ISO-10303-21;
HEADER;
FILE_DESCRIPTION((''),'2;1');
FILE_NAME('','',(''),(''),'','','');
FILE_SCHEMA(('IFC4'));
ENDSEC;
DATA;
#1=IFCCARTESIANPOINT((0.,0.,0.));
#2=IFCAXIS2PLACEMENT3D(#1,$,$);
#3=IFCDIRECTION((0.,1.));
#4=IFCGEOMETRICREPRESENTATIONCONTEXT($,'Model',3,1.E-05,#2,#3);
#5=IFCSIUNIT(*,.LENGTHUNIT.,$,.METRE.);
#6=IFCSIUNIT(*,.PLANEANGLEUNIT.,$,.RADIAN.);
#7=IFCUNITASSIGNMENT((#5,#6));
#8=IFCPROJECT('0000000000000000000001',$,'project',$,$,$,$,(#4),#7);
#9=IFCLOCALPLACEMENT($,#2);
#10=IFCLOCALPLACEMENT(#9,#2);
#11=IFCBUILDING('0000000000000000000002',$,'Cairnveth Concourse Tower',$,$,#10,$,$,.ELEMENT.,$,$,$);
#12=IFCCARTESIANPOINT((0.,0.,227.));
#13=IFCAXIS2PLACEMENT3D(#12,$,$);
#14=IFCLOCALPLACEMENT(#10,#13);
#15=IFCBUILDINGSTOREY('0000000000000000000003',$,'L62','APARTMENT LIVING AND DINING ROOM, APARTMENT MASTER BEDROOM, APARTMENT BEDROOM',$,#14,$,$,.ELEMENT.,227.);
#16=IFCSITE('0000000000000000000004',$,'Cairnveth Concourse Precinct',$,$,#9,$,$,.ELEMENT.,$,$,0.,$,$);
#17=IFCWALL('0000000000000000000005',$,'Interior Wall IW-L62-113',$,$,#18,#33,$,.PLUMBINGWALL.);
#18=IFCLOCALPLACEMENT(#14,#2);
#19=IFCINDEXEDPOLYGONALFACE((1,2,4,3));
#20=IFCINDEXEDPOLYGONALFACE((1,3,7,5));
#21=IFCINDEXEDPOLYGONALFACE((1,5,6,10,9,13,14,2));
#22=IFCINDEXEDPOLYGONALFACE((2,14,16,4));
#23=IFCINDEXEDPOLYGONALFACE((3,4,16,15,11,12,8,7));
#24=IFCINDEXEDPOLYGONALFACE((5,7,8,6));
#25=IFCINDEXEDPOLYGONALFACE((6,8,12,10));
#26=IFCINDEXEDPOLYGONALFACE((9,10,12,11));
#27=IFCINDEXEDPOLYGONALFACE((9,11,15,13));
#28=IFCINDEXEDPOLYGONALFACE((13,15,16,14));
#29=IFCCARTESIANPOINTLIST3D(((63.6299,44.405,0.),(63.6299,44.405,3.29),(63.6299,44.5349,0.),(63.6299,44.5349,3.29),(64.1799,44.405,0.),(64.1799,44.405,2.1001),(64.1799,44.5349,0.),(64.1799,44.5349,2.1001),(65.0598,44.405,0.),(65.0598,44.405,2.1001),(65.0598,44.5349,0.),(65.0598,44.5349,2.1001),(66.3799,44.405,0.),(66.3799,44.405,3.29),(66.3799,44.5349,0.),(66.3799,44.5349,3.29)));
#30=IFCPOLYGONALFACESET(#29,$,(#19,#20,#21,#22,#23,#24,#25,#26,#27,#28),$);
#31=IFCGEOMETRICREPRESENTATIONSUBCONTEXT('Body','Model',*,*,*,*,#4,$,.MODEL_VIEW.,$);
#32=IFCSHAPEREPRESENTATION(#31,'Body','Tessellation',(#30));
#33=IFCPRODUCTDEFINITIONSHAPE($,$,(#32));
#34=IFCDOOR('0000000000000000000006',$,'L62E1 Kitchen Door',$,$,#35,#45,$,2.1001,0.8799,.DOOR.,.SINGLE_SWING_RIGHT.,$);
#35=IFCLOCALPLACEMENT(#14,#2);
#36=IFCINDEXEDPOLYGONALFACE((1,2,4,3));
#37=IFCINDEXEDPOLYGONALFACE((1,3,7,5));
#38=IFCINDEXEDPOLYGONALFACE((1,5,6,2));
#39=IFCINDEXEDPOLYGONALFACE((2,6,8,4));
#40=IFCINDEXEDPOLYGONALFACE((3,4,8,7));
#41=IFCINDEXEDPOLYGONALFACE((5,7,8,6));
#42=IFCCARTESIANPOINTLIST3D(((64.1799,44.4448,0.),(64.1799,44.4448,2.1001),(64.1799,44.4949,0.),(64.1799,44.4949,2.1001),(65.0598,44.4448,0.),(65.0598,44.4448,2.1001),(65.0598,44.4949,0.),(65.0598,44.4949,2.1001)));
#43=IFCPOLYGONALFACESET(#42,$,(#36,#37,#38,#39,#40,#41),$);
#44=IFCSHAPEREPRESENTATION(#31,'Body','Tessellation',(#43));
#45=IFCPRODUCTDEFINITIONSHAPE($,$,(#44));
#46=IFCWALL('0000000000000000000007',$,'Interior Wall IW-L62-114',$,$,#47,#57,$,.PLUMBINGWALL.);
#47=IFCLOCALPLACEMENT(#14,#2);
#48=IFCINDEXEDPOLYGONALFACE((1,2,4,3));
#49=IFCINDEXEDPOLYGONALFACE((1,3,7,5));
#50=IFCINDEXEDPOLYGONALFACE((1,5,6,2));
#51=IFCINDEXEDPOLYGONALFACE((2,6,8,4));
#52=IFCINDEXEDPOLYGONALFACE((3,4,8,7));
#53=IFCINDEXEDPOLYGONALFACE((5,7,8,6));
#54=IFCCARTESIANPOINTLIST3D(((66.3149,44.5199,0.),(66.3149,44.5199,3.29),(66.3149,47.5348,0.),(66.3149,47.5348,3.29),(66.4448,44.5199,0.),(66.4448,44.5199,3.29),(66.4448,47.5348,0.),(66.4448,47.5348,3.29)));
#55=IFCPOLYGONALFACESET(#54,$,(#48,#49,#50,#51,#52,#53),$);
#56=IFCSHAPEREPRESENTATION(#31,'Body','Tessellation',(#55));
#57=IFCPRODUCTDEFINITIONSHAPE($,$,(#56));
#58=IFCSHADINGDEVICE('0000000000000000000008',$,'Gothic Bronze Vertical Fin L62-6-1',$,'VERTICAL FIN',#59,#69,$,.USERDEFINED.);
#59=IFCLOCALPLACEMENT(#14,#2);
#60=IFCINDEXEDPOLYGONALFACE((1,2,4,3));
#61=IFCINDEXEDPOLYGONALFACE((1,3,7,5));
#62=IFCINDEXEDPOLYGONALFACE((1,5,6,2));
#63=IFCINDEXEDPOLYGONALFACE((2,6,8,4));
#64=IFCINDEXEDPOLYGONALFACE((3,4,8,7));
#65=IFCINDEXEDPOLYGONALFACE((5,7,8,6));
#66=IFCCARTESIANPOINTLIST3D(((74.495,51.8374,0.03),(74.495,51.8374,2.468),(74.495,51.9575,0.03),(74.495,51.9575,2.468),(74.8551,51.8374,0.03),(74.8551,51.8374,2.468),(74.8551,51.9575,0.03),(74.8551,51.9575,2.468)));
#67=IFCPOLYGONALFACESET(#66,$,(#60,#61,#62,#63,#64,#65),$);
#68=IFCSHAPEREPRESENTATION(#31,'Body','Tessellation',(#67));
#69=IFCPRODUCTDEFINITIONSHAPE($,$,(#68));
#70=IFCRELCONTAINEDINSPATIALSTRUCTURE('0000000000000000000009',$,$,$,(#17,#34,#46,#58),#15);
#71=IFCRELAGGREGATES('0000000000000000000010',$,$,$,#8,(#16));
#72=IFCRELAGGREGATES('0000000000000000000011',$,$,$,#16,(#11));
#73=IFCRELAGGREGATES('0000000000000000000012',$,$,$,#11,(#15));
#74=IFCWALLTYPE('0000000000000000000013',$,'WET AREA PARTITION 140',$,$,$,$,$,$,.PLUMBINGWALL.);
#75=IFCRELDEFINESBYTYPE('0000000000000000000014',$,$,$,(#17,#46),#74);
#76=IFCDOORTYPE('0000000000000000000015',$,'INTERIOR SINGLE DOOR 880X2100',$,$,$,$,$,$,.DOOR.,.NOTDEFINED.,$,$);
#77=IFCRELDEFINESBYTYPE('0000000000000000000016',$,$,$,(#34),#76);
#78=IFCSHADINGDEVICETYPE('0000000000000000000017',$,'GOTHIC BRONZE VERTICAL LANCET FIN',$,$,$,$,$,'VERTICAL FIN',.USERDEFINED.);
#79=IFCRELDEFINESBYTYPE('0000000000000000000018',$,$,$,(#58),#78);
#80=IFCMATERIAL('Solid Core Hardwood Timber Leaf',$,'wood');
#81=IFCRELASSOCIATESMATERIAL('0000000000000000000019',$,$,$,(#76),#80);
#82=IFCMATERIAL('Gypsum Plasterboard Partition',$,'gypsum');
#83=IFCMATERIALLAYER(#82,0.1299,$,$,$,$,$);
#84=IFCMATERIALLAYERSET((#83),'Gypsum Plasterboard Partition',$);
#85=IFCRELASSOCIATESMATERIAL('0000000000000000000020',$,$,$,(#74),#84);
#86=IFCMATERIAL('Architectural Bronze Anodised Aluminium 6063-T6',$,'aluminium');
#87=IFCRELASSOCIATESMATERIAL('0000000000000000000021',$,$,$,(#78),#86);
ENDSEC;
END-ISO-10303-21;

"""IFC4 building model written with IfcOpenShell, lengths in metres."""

from ifc_helpers import new_model, si_unit, direction, frame, frame_2d, origin, origin_2d, place, context, subcontext, project, spatial, rectangle, extrude, material, layer, layer_set, type_object, element, fill, save


model = new_model("IFC4")

# Units and contexts
model_context = context("Model", 3, precision=1e-05, world=origin(), true_north=direction((0.0, 1.0)))
body_context = subcontext(model_context, "Body", "Model", "MODEL_VIEW")
ifc_project = project(units=[si_unit("LENGTHUNIT", "METRE"), si_unit("PLANEANGLEUNIT", "RADIAN")], contexts=[model_context])

# Site, building, storey
site_placement = place(None, origin())
site = spatial("IfcSite", under=ifc_project, at=site_placement, Name="Cairnveth Concourse Precinct", CompositionType="ELEMENT", RefElevation=0.0)
building_placement = place(site_placement, origin())
building = spatial("IfcBuilding", under=site, at=building_placement, Name="Cairnveth Concourse Tower", CompositionType="ELEMENT")
storey_placement = place(building_placement, frame((0.0, 0.0, 227.0)))
storey = spatial("IfcBuildingStorey", under=building, at=storey_placement, Name="L62", Description="APARTMENT LIVING AND DINING ROOM, APARTMENT MASTER BEDROOM, APARTMENT BEDROOM", CompositionType="ELEMENT", Elevation=227.0)

# Shared definitions
ifc_material_1 = material(Name="Gypsum Plasterboard Partition", Category="gypsum")

# Shared definitions
ifc_material_2 = material(Name="Solid Core Hardwood Timber Leaf", Category="wood")
door_type_1 = type_object("IfcDoorType", Name="INTERIOR SINGLE DOOR 880X2100", OperationType="NOTDEFINED", PredefinedType="DOOR", material=ifc_material_2)

# Shared definitions
ifc_layer_1 = layer(ifc_material_1, 0.1299)
ifc_layer_set_1 = layer_set([ifc_layer_1], Name="Gypsum Plasterboard Partition")
wall_type_1 = type_object("IfcWallType", Name="WET AREA PARTITION 140", PredefinedType="PLUMBINGWALL", material=ifc_layer_set_1)

# Wall, opening, door
wall_1_placement = place(storey_placement, frame((63.6299, 44.47, 0.0), z_axis=(0.0, 0.0, 1.0), x_axis=(1.0, 0.0, 0.0)))
wall_1 = element("IfcWall", 1, at=wall_1_placement, inside=storey, type_object=wall_type_1, Name="Interior Wall IW-L62-113", PredefinedType="PLUMBINGWALL", context=body_context, shape_type="SweptSolid", body=[
    extrude(rectangle(XDim=2.75, YDim=0.1299, at=frame_2d((1.375, 0.0))), origin(), (0.0, 0.0, 1.0), 3.29),
])
opening_1_placement = place(wall_1_placement, frame((0.55, 0.0, 0.0)))
opening_1 = element("IfcOpeningElement", 2, at=opening_1_placement, cuts=wall_1, PredefinedType="OPENING", context=body_context, shape_type="SweptSolid", body=[
    extrude(rectangle(XDim=0.8799, YDim=2.1001, at=frame_2d((0.4399, 1.05))), frame((0.0, 0.075, 0.0), z_axis=(0.0, -1.0, 0.0), x_axis=(1.0, 0.0, 0.0)), (0.0, 0.0, 1.0), 0.1499),
])
door_1_placement = place(opening_1_placement, origin())
door_1 = element("IfcDoor", 3, at=door_1_placement, inside=storey, type_object=door_type_1, Name="L62E1 Kitchen Door", OperationType="SINGLE_SWING_RIGHT", OverallHeight=2.1001, OverallWidth=0.8799, PredefinedType="DOOR", context=body_context, shape_type="SweptSolid", body=[
    extrude(rectangle(XDim=0.8799, YDim=2.1001, at=frame_2d((0.4399, 1.05))), frame((0.0, 0.0249, 0.0), z_axis=(0.0, -1.0, 0.0), x_axis=(1.0, 0.0, 0.0)), (0.0, 0.0, 1.0), 0.05),
])
fill(opening_1, door_1)

# Wall
wall_2_placement = place(storey_placement, frame((66.3799, 44.52, 0.0), z_axis=(0.0, 0.0, 1.0), x_axis=(0.0, 1.0, 0.0)))
element("IfcWall", 4, at=wall_2_placement, inside=storey, type_object=wall_type_1, Name="Interior Wall IW-L62-114", PredefinedType="PLUMBINGWALL", context=body_context, shape_type="SweptSolid", body=[
    extrude(rectangle(XDim=3.0149, YDim=0.1299, at=frame_2d((1.5073, 0.0))), origin(), (0.0, 0.0, 1.0), 3.29),
])

# Shading device
ifc_material_3 = material(Name="Architectural Bronze Anodised Aluminium 6063-T6", Category="aluminium")
shading_device_type = type_object("IfcShadingDeviceType", Name="GOTHIC BRONZE VERTICAL LANCET FIN", ElementType="VERTICAL FIN", PredefinedType="USERDEFINED", material=ifc_material_3)
shading_device_placement = place(storey_placement, frame((74.675, 51.8975, 0.03), z_axis=(0.0, 0.0, 1.0), x_axis=(0.0, 1.0, 0.0)))
element("IfcShadingDevice", 5, at=shading_device_placement, inside=storey, type_object=shading_device_type, Name="Gothic Bronze Vertical Fin L62-6-1", ObjectType="VERTICAL FIN", PredefinedType="USERDEFINED", context=body_context, shape_type="SweptSolid", body=[
    extrude(rectangle(XDim=0.1201, YDim=0.3601, at=origin_2d()), origin(), (0.0, 0.0, 1.0), 2.438),
])

save(model, "model.ifc")
